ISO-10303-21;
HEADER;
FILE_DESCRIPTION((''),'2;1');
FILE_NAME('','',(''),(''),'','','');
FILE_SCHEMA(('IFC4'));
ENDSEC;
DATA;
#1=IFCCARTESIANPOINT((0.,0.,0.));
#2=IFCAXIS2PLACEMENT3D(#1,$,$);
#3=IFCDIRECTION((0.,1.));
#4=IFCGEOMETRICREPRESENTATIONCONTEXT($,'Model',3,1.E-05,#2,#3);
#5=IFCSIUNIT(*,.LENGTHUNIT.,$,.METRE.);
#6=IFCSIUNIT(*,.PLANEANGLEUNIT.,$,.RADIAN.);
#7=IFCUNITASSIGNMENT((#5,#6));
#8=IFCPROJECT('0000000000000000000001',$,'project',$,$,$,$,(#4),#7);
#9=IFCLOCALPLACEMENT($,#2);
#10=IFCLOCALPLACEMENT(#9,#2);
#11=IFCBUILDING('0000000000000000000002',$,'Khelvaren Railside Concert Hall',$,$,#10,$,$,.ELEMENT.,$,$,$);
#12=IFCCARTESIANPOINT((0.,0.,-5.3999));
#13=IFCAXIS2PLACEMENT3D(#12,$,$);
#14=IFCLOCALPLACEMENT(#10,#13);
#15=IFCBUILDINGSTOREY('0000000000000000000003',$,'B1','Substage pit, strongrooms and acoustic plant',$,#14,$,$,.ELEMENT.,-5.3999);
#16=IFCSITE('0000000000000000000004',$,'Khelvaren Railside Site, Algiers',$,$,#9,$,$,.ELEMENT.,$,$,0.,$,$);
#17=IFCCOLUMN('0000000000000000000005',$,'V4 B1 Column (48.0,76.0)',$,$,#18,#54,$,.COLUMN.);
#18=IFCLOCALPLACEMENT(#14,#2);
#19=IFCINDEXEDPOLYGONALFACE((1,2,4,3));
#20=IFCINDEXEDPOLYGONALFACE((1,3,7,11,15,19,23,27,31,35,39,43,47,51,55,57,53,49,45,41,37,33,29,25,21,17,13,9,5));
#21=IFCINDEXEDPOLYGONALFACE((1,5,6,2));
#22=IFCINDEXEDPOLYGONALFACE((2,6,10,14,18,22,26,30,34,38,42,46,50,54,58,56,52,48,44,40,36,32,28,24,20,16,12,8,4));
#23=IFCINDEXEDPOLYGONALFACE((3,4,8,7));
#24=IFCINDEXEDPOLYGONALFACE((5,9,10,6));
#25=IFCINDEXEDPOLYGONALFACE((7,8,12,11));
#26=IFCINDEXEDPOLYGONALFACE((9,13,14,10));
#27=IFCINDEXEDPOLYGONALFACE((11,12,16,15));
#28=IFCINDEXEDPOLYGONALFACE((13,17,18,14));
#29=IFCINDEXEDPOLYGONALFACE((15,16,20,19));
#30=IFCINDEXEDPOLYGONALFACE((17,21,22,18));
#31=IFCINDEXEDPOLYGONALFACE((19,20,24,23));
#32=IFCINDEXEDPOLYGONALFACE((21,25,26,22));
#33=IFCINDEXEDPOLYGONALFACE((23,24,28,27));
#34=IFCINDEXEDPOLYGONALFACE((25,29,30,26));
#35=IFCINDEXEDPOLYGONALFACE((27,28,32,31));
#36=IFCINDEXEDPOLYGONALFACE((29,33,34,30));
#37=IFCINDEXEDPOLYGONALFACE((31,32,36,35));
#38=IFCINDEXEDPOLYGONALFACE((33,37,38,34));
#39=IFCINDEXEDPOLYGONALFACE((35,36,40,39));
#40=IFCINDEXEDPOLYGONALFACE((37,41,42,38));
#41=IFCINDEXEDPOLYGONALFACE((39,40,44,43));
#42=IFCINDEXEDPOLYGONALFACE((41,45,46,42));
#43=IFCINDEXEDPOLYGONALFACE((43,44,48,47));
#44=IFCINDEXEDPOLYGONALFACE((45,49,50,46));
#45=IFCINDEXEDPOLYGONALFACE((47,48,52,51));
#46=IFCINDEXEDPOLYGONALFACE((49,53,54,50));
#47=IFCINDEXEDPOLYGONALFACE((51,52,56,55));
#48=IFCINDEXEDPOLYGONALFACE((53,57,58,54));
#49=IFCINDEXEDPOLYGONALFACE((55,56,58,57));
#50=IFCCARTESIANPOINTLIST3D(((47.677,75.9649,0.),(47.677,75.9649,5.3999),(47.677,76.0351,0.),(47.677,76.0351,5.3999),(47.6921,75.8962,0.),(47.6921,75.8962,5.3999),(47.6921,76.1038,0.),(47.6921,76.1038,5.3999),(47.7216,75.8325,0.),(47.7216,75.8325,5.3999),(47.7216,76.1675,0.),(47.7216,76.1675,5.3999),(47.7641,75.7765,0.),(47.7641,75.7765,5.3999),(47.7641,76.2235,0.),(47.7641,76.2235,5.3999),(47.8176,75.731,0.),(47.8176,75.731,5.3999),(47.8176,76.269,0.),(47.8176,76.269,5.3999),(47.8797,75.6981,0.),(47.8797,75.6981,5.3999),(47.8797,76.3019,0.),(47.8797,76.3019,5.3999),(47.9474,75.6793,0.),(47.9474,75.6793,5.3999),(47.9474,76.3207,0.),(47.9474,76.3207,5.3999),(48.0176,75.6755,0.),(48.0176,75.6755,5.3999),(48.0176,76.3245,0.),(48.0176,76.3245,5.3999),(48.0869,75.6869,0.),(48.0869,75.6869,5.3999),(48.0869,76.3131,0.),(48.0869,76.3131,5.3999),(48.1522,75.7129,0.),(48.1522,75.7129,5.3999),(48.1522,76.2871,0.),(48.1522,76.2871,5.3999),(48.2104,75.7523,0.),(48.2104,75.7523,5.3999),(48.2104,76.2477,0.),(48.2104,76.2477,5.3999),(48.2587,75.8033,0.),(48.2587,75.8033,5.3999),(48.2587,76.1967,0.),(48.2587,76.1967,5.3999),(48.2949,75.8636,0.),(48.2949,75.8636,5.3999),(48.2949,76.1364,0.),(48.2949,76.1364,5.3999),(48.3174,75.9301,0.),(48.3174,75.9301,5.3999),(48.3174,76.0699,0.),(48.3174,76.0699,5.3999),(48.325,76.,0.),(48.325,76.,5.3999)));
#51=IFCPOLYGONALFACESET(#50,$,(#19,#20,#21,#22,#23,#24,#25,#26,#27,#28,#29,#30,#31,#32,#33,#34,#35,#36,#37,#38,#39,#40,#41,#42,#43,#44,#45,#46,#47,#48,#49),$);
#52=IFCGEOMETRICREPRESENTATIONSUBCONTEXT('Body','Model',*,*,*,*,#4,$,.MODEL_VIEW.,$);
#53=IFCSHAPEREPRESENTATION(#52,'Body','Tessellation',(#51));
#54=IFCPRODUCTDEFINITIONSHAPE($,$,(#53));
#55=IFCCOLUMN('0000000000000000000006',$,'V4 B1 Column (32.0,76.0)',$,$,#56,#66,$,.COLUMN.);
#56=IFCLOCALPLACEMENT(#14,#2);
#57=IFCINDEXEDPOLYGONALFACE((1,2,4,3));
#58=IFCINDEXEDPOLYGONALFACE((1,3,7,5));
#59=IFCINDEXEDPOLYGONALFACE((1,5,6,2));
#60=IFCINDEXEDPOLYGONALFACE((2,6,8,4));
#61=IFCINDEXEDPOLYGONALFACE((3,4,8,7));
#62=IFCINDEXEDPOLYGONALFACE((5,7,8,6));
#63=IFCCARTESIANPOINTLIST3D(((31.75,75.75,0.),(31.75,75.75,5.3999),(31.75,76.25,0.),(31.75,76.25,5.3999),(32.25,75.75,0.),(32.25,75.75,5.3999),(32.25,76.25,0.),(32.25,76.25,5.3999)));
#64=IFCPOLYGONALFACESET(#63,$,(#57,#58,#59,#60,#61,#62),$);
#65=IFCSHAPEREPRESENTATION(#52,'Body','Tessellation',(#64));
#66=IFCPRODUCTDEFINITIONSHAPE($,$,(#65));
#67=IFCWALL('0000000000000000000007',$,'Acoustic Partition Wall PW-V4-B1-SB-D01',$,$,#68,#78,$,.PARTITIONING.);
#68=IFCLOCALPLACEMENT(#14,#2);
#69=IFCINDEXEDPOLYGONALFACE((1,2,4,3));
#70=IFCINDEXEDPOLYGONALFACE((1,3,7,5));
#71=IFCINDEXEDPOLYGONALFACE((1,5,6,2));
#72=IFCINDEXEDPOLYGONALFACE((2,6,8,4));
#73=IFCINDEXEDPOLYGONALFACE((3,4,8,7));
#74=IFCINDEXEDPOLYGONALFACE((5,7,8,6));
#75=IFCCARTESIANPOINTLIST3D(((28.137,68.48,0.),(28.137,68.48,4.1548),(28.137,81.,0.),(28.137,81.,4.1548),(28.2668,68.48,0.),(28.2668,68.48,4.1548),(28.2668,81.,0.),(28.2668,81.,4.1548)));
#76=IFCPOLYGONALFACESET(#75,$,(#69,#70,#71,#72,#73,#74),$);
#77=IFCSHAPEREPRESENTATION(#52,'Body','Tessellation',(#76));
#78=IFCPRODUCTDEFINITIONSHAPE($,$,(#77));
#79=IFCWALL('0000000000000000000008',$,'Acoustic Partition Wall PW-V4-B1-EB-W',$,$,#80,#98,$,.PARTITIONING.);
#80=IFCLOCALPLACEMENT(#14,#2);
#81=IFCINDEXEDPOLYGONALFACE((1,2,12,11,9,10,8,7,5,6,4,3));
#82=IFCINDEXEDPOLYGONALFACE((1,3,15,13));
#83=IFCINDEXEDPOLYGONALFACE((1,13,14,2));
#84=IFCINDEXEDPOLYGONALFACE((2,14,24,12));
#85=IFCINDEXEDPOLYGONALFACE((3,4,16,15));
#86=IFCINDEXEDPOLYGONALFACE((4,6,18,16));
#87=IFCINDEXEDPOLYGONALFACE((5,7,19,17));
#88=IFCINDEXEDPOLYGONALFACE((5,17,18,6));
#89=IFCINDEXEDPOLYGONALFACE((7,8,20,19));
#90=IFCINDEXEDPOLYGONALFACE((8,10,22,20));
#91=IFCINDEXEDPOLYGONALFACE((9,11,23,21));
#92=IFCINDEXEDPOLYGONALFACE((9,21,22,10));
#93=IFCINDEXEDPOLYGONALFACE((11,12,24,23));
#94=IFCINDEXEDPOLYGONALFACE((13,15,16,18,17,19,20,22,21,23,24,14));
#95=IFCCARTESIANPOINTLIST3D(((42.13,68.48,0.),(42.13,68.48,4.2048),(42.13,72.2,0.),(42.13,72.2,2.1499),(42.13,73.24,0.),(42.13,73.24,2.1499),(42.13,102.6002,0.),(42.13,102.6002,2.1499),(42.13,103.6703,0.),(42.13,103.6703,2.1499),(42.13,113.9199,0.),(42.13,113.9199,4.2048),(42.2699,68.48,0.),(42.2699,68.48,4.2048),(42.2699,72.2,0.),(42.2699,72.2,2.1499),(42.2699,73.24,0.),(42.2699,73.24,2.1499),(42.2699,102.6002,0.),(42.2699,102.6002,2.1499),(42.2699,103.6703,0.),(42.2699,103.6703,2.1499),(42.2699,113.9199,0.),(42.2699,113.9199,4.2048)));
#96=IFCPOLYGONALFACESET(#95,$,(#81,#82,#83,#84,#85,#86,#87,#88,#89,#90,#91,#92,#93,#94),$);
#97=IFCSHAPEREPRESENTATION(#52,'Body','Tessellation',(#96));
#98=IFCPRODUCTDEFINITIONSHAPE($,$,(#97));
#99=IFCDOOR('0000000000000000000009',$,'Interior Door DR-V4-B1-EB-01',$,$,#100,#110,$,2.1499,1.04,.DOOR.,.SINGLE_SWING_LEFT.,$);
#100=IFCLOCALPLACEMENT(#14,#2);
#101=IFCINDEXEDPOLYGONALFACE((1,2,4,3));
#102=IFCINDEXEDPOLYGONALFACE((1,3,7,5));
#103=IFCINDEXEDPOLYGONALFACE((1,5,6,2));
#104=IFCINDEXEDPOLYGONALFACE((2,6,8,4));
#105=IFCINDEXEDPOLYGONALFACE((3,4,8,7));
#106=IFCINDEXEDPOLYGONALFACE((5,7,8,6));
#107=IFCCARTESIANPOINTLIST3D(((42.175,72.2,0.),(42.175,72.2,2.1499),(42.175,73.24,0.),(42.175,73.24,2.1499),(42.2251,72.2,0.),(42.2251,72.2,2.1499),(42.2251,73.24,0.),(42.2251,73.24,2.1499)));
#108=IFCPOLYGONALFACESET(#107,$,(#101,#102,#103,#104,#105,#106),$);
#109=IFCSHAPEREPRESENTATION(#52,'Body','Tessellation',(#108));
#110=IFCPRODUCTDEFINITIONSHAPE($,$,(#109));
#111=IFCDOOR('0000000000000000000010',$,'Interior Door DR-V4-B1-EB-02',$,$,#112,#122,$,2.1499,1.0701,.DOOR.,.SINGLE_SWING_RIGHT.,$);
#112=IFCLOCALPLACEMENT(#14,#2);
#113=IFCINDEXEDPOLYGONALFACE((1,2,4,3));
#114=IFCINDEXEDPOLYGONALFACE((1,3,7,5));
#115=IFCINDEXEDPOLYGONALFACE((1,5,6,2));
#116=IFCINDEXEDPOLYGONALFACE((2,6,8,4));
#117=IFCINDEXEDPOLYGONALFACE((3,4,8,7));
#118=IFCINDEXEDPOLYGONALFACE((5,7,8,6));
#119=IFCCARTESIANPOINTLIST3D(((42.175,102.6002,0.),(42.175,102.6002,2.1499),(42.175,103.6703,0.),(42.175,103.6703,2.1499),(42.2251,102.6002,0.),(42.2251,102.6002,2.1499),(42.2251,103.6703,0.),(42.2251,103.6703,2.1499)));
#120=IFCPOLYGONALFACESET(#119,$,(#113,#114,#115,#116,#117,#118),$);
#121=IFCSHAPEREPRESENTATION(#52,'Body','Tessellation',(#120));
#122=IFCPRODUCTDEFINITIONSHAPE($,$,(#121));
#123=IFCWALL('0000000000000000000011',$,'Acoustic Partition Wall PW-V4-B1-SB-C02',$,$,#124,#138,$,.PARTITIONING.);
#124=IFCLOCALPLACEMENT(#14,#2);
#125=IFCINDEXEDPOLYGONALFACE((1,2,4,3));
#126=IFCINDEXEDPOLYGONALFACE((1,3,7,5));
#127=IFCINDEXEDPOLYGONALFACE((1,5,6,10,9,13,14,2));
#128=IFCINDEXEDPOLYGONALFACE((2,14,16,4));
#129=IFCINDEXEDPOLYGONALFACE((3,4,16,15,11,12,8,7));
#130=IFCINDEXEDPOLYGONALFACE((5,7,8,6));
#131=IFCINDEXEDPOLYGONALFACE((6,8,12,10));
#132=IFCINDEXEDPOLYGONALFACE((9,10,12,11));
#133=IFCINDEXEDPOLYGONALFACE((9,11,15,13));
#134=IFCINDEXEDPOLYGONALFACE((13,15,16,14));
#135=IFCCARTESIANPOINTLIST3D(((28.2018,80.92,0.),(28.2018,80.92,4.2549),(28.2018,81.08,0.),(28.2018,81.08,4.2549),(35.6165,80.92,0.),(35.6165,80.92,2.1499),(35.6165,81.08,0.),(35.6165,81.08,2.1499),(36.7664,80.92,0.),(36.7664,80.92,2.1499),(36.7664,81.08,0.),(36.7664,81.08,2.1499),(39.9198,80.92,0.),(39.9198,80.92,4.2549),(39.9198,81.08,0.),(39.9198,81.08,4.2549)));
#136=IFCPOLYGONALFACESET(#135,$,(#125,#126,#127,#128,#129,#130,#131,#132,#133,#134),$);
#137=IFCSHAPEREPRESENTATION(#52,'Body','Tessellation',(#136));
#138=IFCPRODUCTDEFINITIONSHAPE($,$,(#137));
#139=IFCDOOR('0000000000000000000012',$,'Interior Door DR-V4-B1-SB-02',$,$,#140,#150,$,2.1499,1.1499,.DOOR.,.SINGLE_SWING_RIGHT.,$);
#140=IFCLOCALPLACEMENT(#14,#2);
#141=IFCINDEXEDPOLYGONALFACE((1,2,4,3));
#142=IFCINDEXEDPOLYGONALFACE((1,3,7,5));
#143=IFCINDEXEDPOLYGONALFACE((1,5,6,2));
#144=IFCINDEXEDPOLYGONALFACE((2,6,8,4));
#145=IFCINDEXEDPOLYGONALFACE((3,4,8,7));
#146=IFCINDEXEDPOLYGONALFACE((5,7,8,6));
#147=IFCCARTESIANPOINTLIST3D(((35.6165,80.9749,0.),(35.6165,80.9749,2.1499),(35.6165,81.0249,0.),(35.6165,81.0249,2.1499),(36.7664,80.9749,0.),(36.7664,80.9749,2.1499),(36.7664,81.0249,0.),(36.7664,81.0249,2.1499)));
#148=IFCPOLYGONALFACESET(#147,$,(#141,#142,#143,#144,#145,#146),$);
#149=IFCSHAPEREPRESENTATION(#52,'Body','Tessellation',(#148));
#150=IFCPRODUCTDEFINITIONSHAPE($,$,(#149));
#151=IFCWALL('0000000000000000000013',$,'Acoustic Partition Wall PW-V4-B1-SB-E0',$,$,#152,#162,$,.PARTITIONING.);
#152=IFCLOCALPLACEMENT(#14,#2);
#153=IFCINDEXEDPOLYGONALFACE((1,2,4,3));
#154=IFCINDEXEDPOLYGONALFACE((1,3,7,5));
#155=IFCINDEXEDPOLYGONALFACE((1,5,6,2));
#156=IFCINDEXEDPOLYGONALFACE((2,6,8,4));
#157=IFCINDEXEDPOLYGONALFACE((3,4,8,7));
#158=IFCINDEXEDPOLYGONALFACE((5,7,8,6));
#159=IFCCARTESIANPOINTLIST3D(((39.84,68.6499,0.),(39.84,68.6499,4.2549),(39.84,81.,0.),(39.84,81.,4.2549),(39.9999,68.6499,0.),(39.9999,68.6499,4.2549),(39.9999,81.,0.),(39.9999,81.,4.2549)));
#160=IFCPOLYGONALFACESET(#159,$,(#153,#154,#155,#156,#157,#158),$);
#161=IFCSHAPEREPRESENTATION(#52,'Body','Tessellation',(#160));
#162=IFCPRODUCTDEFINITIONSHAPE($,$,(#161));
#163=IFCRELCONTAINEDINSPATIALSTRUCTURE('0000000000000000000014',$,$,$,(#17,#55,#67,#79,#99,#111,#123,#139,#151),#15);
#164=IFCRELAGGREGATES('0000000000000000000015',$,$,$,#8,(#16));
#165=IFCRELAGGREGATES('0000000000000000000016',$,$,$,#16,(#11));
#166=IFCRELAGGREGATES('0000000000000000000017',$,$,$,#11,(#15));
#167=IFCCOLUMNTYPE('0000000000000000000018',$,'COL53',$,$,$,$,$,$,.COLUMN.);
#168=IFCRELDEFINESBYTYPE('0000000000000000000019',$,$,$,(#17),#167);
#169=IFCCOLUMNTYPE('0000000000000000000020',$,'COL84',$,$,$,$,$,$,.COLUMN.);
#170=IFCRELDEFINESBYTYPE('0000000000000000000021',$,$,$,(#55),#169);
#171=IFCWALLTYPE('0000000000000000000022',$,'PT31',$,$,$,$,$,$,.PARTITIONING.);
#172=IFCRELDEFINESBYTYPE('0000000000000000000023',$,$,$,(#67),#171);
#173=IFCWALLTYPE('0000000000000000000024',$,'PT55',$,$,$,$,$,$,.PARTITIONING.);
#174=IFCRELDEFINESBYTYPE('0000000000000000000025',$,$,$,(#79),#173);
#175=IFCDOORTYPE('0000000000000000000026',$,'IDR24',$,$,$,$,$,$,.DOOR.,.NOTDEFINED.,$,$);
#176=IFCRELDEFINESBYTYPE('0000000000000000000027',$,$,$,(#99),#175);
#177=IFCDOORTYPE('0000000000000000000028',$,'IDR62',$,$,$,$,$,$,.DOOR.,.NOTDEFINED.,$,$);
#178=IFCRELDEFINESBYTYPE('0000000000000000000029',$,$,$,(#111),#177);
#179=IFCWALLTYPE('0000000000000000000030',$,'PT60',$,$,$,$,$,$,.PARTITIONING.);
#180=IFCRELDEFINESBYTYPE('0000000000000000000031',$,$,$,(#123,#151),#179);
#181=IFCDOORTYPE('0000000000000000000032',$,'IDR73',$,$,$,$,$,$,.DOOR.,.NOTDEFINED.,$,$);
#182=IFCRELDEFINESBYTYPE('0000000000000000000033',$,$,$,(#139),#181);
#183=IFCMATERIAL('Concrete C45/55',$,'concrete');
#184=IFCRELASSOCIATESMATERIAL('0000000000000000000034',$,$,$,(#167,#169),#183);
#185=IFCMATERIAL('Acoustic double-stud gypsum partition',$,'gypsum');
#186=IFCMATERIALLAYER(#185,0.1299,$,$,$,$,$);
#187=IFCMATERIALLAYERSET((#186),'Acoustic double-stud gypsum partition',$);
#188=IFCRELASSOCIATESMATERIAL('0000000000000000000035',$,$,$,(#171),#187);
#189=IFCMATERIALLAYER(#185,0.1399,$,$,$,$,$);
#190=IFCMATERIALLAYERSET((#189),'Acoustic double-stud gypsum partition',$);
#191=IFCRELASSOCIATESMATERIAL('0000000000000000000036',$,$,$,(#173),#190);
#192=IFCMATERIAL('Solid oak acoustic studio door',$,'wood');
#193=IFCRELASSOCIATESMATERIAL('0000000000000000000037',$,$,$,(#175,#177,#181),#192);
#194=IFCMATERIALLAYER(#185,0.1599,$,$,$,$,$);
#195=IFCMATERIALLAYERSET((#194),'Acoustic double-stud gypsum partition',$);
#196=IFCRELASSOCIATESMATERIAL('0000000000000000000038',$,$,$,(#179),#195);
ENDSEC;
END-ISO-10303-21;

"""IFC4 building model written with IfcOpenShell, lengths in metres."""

from ifc_helpers import new_model, si_unit, direction, frame, frame_2d, origin, origin_2d, place, context, subcontext, project, spatial, rectangle, circle, extrude, material, layer, layer_set, material_profile, profile_set, type_object, element, fill, save


model = new_model("IFC4")

# Units and contexts
model_context = context("Model", 3, precision=1e-05, world=origin(), true_north=direction((0.0, 1.0)))
body_context = subcontext(model_context, "Body", "Model", "MODEL_VIEW")
ifc_project = project(units=[si_unit("LENGTHUNIT", "METRE"), si_unit("PLANEANGLEUNIT", "RADIAN")], contexts=[model_context])

# Site, building, storey
site_placement = place(None, origin())
site = spatial("IfcSite", under=ifc_project, at=site_placement, Name="Khelvaren Railside Site, Algiers", CompositionType="ELEMENT", RefElevation=0.0)
building_placement = place(site_placement, origin())
building = spatial("IfcBuilding", under=site, at=building_placement, Name="Khelvaren Railside Concert Hall", CompositionType="ELEMENT")
storey_placement = place(building_placement, frame((0.0, 0.0, -5.3999)))
storey = spatial("IfcBuildingStorey", under=building, at=storey_placement, Name="B1", Description="Substage pit, strongrooms and acoustic plant", CompositionType="ELEMENT", Elevation=-5.3999)

# Columns
ifc_material_1 = material(Name="Concrete C45/55", Category="concrete")
ifc_material_profile_1 = material_profile(ifc_material_1, circle(Radius=0.325, at=origin_2d()), Name="RC D650")
ifc_profile_set_1 = profile_set([ifc_material_profile_1], Name="Concrete C45/55")
column_type_1 = type_object("IfcColumnType", Name="COL53", PredefinedType="COLUMN", material=ifc_profile_set_1)
column_1_placement = place(storey_placement, frame((48.0, 76.0, 0.0), z_axis=(0.0, 0.0, 1.0), x_axis=(1.0, 0.0, 0.0)))
element("IfcColumn", 1, at=column_1_placement, inside=storey, type_object=column_type_1, Name="V4 B1 Column (48.0,76.0)", PredefinedType="COLUMN", context=body_context, shape_type="SweptSolid", body=[
    extrude(circle(Radius=0.325, at=origin_2d()), origin(), (0.0, 0.0, 1.0), 5.3999),
])
ifc_material_profile_2 = material_profile(ifc_material_1, rectangle(XDim=0.5, YDim=0.5, at=origin_2d()), Name="RC 500x500")
ifc_profile_set_2 = profile_set([ifc_material_profile_2], Name="Concrete C45/55")
column_type_2 = type_object("IfcColumnType", Name="COL84", PredefinedType="COLUMN", material=ifc_profile_set_2)
column_2_placement = place(storey_placement, frame((32.0, 76.0, 0.0), z_axis=(0.0, 0.0, 1.0), x_axis=(1.0, 0.0, 0.0)))
element("IfcColumn", 2, at=column_2_placement, inside=storey, type_object=column_type_2, Name="V4 B1 Column (32.0,76.0)", PredefinedType="COLUMN", context=body_context, shape_type="SweptSolid", body=[
    extrude(rectangle(XDim=0.5, YDim=0.5, at=origin_2d()), origin(), (0.0, 0.0, 1.0), 5.3999),
])

# Wall
ifc_material_2 = material(Name="Acoustic double-stud gypsum partition", Category="gypsum")
ifc_layer_1 = layer(ifc_material_2, 0.1299)
ifc_layer_set_1 = layer_set([ifc_layer_1], Name="Acoustic double-stud gypsum partition")
wall_type_1 = type_object("IfcWallType", Name="PT31", PredefinedType="PARTITIONING", material=ifc_layer_set_1)
wall_1_placement = place(storey_placement, frame((28.2019, 68.48, 0.0), z_axis=(0.0, 0.0, 1.0), x_axis=(0.0, 1.0, 0.0)))
element("IfcWall", 3, at=wall_1_placement, inside=storey, type_object=wall_type_1, Name="Acoustic Partition Wall PW-V4-B1-SB-D01", PredefinedType="PARTITIONING", context=body_context, shape_type="SweptSolid", body=[
    extrude(rectangle(XDim=12.52, YDim=0.1299, at=frame_2d((6.26, 0.0))), origin(), (0.0, 0.0, 1.0), 4.1548),
])

# Wall, openings, doors
ifc_layer_2 = layer(ifc_material_2, 0.1399)
ifc_layer_set_2 = layer_set([ifc_layer_2], Name="Acoustic double-stud gypsum partition")
wall_type_2 = type_object("IfcWallType", Name="PT55", PredefinedType="PARTITIONING", material=ifc_layer_set_2)
wall_2_placement = place(storey_placement, frame((42.2, 68.48, 0.0), z_axis=(0.0, 0.0, 1.0), x_axis=(0.0, 1.0, 0.0)))
wall_2 = element("IfcWall", 4, at=wall_2_placement, inside=storey, type_object=wall_type_2, Name="Acoustic Partition Wall PW-V4-B1-EB-W", PredefinedType="PARTITIONING", context=body_context, shape_type="SweptSolid", body=[
    extrude(rectangle(XDim=45.4399, YDim=0.1399, at=frame_2d((22.72, 0.0))), origin(), (0.0, 0.0, 1.0), 4.2048),
])
opening_1_placement = place(wall_2_placement, frame((3.72, 0.0, 0.0)))
opening_1 = element("IfcOpeningElement", 5, at=opening_1_placement, cuts=wall_2, PredefinedType="OPENING", context=body_context, shape_type="SweptSolid", body=[
    extrude(rectangle(XDim=1.04, YDim=2.1499, at=frame_2d((0.52, 1.075))), frame((0.0, 0.0798, 0.0), z_axis=(0.0, -1.0, 0.0), x_axis=(1.0, 0.0, 0.0)), (0.0, 0.0, 1.0), 0.1599),
])
opening_2_placement = place(wall_2_placement, frame((34.1201, 0.0, 0.0)))
opening_2 = element("IfcOpeningElement", 6, at=opening_2_placement, cuts=wall_2, PredefinedType="OPENING", context=body_context, shape_type="SweptSolid", body=[
    extrude(rectangle(XDim=1.0701, YDim=2.1499, at=frame_2d((0.5352, 1.075))), frame((0.0, 0.0798, 0.0), z_axis=(0.0, -1.0, 0.0), x_axis=(1.0, 0.0, 0.0)), (0.0, 0.0, 1.0), 0.1599),
])
ifc_material_3 = material(Name="Solid oak acoustic studio door", Category="wood")
door_type_1 = type_object("IfcDoorType", Name="IDR24", OperationType="NOTDEFINED", PredefinedType="DOOR", material=ifc_material_3)
door_1_placement = place(opening_1_placement, origin())
door_1 = element("IfcDoor", 7, at=door_1_placement, inside=storey, type_object=door_type_1, Name="Interior Door DR-V4-B1-EB-01", OperationType="SINGLE_SWING_LEFT", OverallHeight=2.1499, OverallWidth=1.04, PredefinedType="DOOR", context=body_context, shape_type="SweptSolid", body=[
    extrude(rectangle(XDim=1.04, YDim=2.1499, at=frame_2d((0.52, 1.075))), frame((0.0, 0.0249, 0.0), z_axis=(0.0, -1.0, 0.0), x_axis=(1.0, 0.0, 0.0)), (0.0, 0.0, 1.0), 0.05),
])
fill(opening_1, door_1)
door_type_2 = type_object("IfcDoorType", Name="IDR62", OperationType="NOTDEFINED", PredefinedType="DOOR", material=ifc_material_3)
door_2_placement = place(opening_2_placement, origin())
door_2 = element("IfcDoor", 8, at=door_2_placement, inside=storey, type_object=door_type_2, Name="Interior Door DR-V4-B1-EB-02", OperationType="SINGLE_SWING_RIGHT", OverallHeight=2.1499, OverallWidth=1.0701, PredefinedType="DOOR", context=body_context, shape_type="SweptSolid", body=[
    extrude(rectangle(XDim=1.0701, YDim=2.1499, at=frame_2d((0.5352, 1.075))), frame((0.0, 0.0249, 0.0), z_axis=(0.0, -1.0, 0.0), x_axis=(1.0, 0.0, 0.0)), (0.0, 0.0, 1.0), 0.05),
])
fill(opening_2, door_2)

# Wall, opening, door
ifc_layer_3 = layer(ifc_material_2, 0.1599)
ifc_layer_set_3 = layer_set([ifc_layer_3], Name="Acoustic double-stud gypsum partition")
wall_type_3 = type_object("IfcWallType", Name="PT60", PredefinedType="PARTITIONING", material=ifc_layer_set_3)
wall_3_placement = place(storey_placement, frame((28.2019, 81.0, 0.0), z_axis=(0.0, 0.0, 1.0), x_axis=(1.0, 0.0, 0.0)))
wall_3 = element("IfcWall", 9, at=wall_3_placement, inside=storey, type_object=wall_type_3, Name="Acoustic Partition Wall PW-V4-B1-SB-C02", PredefinedType="PARTITIONING", context=body_context, shape_type="SweptSolid", body=[
    extrude(rectangle(XDim=11.718, YDim=0.1599, at=frame_2d((5.8589, 0.0))), origin(), (0.0, 0.0, 1.0), 4.2549),
])
opening_3_placement = place(wall_3_placement, frame((7.4146, 0.0, 0.0)))
opening_3 = element("IfcOpeningElement", 10, at=opening_3_placement, cuts=wall_3, PredefinedType="OPENING", context=body_context, shape_type="SweptSolid", body=[
    extrude(rectangle(XDim=1.1499, YDim=2.1499, at=frame_2d((0.575, 1.075))), frame((0.0, 0.0898, 0.0), z_axis=(0.0, -1.0, 0.0), x_axis=(1.0, 0.0, 0.0)), (0.0, 0.0, 1.0), 0.1799),
])
door_type_3 = type_object("IfcDoorType", Name="IDR73", OperationType="NOTDEFINED", PredefinedType="DOOR", material=ifc_material_3)
door_3_placement = place(opening_3_placement, origin())
door_3 = element("IfcDoor", 11, at=door_3_placement, inside=storey, type_object=door_type_3, Name="Interior Door DR-V4-B1-SB-02", OperationType="SINGLE_SWING_RIGHT", OverallHeight=2.1499, OverallWidth=1.1499, PredefinedType="DOOR", context=body_context, shape_type="SweptSolid", body=[
    extrude(rectangle(XDim=1.1499, YDim=2.1499, at=frame_2d((0.575, 1.075))), frame((0.0, 0.0249, 0.0), z_axis=(0.0, -1.0, 0.0), x_axis=(1.0, 0.0, 0.0)), (0.0, 0.0, 1.0), 0.05),
])
fill(opening_3, door_3)

# Wall
wall_4_placement = place(storey_placement, frame((39.9199, 68.6499, 0.0), z_axis=(0.0, 0.0, 1.0), x_axis=(0.0, 1.0, 0.0)))
element("IfcWall", 12, at=wall_4_placement, inside=storey, type_object=wall_type_3, Name="Acoustic Partition Wall PW-V4-B1-SB-E0", PredefinedType="PARTITIONING", context=body_context, shape_type="SweptSolid", body=[
    extrude(rectangle(XDim=12.3501, YDim=0.1599, at=frame_2d((6.175, 0.0))), origin(), (0.0, 0.0, 1.0), 4.2549),
])

save(model, "model.ifc")
